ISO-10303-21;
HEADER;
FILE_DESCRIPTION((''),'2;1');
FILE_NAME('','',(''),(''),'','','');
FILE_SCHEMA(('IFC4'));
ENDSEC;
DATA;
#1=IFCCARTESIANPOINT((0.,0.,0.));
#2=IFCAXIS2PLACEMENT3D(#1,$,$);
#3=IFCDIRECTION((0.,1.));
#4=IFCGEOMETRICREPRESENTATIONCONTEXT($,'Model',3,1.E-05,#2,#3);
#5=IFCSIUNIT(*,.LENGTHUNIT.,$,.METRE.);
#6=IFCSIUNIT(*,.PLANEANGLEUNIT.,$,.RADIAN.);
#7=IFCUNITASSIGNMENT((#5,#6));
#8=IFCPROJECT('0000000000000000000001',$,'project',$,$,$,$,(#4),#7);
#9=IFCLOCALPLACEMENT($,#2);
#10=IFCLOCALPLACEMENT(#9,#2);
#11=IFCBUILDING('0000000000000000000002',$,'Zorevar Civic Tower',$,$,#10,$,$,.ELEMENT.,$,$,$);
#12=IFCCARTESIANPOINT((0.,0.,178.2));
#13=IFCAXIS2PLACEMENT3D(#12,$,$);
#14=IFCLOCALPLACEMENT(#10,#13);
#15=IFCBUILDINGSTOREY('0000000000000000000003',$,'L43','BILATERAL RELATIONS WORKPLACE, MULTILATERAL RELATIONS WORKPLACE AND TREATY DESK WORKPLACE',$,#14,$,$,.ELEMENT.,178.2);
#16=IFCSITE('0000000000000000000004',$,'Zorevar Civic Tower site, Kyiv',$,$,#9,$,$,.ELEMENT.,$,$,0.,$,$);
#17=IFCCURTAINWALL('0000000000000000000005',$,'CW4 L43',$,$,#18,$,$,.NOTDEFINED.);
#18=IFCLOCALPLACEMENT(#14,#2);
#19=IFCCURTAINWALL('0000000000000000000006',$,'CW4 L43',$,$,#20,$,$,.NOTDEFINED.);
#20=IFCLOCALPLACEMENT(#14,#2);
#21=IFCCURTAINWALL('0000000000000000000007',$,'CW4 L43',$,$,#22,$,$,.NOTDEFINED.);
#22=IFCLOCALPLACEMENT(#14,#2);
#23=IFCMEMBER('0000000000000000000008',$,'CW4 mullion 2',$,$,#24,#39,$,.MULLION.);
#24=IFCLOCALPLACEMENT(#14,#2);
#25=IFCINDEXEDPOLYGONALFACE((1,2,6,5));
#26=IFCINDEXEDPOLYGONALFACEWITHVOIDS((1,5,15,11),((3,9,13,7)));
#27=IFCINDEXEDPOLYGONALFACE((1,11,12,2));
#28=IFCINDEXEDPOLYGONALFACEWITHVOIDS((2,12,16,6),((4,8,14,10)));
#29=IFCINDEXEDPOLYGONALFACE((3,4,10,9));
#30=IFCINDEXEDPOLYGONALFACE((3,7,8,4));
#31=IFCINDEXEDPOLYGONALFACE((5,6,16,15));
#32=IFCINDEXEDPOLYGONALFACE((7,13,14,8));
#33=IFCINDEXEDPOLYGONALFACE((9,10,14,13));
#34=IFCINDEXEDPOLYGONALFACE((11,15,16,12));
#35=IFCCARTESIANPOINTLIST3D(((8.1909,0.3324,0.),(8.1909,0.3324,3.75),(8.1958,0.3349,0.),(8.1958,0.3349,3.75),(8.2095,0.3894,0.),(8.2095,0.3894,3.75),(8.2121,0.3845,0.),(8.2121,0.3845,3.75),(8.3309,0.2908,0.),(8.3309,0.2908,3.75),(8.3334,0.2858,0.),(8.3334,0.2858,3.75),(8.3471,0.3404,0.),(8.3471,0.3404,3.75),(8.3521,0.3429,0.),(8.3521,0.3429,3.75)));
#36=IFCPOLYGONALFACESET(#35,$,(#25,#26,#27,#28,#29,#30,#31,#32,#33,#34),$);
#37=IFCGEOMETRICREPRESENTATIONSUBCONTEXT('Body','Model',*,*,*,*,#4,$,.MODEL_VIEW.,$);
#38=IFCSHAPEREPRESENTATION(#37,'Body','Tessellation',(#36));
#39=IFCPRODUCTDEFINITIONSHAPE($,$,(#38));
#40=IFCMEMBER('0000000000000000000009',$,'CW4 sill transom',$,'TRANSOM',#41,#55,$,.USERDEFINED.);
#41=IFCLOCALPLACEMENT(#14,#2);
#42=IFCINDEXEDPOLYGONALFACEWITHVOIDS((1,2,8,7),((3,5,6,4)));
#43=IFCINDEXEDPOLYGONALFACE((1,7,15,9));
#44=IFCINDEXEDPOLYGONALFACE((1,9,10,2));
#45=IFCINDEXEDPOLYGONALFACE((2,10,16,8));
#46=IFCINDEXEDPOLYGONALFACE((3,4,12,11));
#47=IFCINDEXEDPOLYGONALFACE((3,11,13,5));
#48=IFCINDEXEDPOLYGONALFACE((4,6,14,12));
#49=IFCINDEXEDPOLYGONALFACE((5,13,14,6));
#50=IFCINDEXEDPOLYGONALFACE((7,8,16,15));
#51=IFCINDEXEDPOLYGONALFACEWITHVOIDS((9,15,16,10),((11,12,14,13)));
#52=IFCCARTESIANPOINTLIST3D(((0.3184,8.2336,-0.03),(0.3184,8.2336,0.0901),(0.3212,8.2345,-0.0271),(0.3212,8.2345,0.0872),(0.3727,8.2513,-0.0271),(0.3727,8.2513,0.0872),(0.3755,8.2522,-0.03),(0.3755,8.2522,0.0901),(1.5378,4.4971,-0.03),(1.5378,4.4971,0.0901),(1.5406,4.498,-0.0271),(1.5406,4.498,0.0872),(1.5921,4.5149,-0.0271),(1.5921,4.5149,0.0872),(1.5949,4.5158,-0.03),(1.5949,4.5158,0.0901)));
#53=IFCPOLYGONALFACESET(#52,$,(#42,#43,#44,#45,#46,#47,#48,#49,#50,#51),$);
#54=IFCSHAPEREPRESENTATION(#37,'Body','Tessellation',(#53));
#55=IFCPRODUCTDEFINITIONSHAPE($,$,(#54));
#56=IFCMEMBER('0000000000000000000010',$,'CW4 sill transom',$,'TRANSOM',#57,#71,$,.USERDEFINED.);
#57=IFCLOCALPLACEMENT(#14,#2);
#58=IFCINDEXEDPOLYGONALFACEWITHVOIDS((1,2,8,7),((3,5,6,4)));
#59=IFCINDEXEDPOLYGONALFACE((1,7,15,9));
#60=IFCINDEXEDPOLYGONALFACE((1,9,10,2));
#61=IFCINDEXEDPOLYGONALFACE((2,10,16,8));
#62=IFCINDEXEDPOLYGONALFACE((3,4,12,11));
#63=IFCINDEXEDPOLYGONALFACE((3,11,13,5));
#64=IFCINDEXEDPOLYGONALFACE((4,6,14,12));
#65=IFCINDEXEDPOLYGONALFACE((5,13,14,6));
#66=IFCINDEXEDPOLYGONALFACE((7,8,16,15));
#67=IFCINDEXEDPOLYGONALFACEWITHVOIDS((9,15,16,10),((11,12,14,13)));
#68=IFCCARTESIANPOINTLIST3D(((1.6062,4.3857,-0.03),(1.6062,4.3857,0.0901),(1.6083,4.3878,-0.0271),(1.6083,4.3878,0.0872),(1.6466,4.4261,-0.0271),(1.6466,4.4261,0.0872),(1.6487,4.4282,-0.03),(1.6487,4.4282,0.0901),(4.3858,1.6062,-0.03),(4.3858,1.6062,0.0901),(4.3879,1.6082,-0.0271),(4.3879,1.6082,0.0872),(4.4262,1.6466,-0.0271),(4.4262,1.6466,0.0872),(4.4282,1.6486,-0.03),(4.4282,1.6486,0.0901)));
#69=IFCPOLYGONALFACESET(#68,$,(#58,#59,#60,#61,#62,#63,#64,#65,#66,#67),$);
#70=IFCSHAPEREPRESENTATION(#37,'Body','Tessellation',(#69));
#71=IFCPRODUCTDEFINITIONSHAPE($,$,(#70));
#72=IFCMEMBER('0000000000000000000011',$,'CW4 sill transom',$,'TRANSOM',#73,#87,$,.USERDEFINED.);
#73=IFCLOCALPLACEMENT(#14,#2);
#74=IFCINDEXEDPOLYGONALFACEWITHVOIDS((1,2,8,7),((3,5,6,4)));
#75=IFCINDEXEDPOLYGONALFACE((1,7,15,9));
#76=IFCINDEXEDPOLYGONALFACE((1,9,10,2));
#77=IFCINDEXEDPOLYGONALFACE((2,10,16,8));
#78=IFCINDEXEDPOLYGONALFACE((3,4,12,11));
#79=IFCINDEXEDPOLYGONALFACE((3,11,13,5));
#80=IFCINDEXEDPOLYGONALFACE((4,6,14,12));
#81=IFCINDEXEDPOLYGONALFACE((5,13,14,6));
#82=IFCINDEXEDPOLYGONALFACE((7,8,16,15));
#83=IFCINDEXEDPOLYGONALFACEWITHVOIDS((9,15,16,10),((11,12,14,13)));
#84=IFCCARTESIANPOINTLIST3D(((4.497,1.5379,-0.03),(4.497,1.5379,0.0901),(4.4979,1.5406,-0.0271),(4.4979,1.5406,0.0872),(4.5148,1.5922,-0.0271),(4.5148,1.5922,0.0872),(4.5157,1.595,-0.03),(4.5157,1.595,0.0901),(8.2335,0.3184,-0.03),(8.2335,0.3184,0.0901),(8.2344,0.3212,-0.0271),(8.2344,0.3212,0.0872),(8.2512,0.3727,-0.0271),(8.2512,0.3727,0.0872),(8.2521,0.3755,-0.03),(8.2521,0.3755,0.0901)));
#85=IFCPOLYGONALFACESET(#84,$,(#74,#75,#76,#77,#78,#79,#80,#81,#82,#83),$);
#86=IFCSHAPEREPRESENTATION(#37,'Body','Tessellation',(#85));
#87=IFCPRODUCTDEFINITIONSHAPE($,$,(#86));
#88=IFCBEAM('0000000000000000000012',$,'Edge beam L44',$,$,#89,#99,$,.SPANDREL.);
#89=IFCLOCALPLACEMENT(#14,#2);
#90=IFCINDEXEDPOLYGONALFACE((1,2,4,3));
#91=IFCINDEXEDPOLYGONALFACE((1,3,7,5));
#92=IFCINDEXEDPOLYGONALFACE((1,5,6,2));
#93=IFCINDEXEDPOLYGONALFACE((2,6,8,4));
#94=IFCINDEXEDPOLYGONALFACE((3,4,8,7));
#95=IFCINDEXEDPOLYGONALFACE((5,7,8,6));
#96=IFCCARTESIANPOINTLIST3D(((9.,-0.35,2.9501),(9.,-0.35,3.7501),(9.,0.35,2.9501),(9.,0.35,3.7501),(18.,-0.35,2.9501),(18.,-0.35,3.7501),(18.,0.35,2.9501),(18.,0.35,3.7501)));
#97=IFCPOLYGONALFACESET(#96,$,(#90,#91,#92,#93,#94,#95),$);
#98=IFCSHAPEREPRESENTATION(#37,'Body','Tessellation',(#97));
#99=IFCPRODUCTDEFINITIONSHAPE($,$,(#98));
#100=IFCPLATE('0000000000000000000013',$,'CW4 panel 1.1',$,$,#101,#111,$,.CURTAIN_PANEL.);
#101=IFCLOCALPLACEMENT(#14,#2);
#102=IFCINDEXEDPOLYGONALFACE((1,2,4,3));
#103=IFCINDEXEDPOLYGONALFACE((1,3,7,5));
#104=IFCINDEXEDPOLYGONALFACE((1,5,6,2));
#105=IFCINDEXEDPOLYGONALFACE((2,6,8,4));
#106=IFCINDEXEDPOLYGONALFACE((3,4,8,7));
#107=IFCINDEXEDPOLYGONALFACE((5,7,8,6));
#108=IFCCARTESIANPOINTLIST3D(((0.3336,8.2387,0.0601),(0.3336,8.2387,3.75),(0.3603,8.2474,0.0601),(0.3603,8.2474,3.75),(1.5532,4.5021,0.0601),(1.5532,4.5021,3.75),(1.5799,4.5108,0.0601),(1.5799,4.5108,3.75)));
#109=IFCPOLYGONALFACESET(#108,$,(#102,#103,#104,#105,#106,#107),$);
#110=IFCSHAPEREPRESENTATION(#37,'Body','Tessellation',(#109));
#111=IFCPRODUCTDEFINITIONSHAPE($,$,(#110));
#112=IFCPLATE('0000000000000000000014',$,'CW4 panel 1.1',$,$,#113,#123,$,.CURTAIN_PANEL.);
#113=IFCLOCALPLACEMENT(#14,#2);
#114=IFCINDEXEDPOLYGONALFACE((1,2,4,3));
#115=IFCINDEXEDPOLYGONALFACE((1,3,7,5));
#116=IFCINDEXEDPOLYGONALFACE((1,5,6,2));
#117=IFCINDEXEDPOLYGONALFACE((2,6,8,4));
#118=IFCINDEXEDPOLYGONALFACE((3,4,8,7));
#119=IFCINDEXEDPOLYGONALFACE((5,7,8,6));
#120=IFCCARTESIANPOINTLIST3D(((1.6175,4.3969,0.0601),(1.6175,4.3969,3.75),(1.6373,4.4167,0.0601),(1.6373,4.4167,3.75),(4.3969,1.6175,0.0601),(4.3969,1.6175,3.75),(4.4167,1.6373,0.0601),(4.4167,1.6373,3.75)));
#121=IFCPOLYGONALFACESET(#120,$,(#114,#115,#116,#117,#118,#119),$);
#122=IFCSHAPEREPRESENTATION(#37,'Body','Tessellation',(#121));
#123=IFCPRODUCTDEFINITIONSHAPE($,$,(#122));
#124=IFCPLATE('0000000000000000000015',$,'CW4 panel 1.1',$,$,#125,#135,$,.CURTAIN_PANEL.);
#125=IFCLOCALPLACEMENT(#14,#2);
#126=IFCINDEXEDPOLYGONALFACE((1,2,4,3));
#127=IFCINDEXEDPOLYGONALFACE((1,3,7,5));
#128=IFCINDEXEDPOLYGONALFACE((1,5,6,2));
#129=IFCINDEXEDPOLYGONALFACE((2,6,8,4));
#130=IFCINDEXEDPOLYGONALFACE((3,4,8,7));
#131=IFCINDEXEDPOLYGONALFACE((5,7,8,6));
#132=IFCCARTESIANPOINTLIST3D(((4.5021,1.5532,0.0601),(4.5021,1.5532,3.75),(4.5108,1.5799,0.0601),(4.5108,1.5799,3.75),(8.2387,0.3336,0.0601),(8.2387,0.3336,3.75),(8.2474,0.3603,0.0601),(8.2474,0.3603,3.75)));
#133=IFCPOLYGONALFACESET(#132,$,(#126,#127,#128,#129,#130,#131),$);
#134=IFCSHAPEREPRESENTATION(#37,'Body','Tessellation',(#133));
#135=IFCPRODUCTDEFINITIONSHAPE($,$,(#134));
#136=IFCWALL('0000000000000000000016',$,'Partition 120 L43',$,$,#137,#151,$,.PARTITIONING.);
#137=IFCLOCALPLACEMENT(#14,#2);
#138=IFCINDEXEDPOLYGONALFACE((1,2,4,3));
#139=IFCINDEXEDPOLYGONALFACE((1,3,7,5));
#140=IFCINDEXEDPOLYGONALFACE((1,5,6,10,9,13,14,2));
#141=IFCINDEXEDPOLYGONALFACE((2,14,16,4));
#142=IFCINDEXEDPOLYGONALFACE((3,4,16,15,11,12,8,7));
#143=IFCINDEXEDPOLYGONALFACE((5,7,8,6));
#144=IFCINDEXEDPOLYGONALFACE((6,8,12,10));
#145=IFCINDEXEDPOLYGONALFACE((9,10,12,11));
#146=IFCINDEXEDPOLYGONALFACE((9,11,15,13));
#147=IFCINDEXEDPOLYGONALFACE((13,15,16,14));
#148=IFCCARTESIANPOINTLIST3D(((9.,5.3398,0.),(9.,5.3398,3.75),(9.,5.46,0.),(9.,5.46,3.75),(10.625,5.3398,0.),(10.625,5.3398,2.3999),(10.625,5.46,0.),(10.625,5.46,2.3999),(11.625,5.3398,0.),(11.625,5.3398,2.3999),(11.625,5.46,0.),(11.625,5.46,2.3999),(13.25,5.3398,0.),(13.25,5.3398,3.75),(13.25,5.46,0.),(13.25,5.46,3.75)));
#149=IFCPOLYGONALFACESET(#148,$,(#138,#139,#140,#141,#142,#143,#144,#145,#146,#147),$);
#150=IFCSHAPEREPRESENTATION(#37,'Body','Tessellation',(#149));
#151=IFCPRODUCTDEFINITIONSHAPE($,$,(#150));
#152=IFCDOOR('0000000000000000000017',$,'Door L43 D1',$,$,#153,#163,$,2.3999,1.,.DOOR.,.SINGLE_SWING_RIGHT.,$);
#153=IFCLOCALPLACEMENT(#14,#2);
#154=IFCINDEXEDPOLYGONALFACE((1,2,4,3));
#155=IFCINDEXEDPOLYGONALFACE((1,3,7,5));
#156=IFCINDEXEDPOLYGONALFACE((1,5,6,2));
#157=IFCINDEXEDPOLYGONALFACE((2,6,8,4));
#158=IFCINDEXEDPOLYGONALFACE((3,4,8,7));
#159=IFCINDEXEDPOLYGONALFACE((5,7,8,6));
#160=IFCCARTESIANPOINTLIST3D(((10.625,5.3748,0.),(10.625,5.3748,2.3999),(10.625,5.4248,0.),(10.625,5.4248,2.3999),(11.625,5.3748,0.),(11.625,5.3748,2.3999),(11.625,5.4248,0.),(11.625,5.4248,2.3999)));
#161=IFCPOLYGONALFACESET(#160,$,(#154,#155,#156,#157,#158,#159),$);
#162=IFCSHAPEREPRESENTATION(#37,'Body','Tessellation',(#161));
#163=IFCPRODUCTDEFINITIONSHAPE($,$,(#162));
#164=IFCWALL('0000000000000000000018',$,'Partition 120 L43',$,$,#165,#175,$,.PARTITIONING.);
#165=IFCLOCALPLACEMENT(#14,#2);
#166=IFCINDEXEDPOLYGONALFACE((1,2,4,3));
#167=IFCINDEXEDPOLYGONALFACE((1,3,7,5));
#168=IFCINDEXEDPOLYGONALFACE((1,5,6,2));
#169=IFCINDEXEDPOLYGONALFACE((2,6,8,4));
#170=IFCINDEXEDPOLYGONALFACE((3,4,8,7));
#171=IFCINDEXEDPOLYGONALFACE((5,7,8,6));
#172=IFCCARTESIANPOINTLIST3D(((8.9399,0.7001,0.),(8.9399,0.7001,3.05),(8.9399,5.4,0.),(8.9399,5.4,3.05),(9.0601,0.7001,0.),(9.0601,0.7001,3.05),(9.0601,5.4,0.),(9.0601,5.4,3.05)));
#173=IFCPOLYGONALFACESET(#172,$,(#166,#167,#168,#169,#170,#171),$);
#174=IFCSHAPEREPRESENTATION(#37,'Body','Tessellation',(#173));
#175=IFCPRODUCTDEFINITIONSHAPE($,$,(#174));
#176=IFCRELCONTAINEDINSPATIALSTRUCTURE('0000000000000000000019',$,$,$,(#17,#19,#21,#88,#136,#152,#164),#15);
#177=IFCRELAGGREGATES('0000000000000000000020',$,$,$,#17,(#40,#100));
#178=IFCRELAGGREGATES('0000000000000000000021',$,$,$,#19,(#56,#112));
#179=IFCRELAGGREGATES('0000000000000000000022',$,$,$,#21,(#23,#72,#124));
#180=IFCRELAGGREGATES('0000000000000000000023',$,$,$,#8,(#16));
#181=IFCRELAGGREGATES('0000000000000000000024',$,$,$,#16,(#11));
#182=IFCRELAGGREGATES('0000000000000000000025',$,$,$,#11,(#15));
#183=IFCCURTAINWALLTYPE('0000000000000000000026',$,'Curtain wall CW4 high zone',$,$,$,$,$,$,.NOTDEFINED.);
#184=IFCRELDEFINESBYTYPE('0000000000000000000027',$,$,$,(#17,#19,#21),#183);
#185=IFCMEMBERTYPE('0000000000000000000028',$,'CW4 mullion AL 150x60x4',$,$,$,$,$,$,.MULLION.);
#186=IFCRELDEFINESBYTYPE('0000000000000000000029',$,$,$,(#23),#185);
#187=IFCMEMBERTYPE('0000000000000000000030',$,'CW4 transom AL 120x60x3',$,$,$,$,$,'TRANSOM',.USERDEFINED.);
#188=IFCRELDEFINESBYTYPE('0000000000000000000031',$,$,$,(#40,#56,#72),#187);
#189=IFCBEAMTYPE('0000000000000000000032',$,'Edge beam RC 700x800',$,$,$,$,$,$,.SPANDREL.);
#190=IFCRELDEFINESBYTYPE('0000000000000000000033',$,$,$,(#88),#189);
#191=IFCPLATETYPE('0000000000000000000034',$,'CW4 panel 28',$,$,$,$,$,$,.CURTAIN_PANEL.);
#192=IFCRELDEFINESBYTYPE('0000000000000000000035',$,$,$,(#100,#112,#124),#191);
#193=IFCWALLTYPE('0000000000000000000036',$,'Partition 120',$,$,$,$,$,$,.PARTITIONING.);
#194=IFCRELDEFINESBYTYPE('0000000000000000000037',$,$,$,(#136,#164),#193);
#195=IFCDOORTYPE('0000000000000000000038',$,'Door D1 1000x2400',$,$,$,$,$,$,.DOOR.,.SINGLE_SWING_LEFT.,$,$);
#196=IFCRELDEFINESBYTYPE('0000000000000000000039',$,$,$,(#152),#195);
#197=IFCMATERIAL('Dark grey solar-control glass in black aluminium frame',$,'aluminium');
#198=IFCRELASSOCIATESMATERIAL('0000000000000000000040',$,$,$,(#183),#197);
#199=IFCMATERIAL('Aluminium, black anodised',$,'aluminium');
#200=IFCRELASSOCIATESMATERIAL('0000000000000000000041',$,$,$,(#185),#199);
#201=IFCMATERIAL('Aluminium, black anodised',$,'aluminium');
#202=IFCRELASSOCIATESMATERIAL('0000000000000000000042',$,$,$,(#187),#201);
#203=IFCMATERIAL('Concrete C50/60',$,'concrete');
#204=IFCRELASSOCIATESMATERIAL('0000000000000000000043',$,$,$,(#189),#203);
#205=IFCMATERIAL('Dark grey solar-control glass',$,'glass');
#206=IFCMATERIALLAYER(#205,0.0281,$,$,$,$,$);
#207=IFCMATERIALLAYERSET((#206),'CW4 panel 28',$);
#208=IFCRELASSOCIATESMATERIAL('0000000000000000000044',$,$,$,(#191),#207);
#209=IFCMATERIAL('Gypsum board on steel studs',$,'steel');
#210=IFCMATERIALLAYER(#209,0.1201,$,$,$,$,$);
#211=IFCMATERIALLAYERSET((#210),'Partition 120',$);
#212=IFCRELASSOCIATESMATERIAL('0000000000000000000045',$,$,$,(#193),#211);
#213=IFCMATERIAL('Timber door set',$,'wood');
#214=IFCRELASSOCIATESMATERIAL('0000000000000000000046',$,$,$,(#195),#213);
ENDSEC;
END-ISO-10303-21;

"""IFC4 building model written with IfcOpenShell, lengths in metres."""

from ifc_helpers import new_model, si_unit, direction, frame, frame_2d, origin, origin_2d, place, context, subcontext, project, spatial, rectangle, hollow_rectangle, extrude, material, layer, layer_set, material_profile, profile_set, type_object, element, fill, aggregate, save


model = new_model("IFC4")

# Units and contexts
model_context = context("Model", 3, precision=1e-05, world=origin(), true_north=direction((0.0, 1.0)))
body_context = subcontext(model_context, "Body", "Model", "MODEL_VIEW")
ifc_project = project(units=[si_unit("LENGTHUNIT", "METRE"), si_unit("PLANEANGLEUNIT", "RADIAN")], contexts=[model_context])

# Site, building, storey
site_placement = place(None, origin())
site = spatial("IfcSite", under=ifc_project, at=site_placement, Name="Zorevar Civic Tower site, Kyiv", CompositionType="ELEMENT", RefElevation=0.0)
building_placement = place(site_placement, origin())
building = spatial("IfcBuilding", under=site, at=building_placement, Name="Zorevar Civic Tower", CompositionType="ELEMENT")
storey_placement = place(building_placement, frame((0.0, 0.0, 178.2)))
storey = spatial("IfcBuildingStorey", under=building, at=storey_placement, Name="L43", Description="BILATERAL RELATIONS WORKPLACE, MULTILATERAL RELATIONS WORKPLACE AND TREATY DESK WORKPLACE", CompositionType="ELEMENT", Elevation=178.2)

# Curtain walls, member
ifc_material_1 = material(Name="Dark grey solar-control glass in black aluminium frame", Category="aluminium")
curtain_wall_type = type_object("IfcCurtainWallType", Name="Curtain wall CW4 high zone", PredefinedType="NOTDEFINED", material=ifc_material_1)
curtain_wall_1_placement = place(storey_placement, origin())
curtain_wall_1 = element("IfcCurtainWall", 1, at=curtain_wall_1_placement, inside=storey, type_object=curtain_wall_type, Name="CW4 L43", PredefinedType="NOTDEFINED")
ifc_material_2 = material(Name="Aluminium, black anodised", Category="aluminium")
ifc_material_profile_1 = material_profile(ifc_material_2, hollow_rectangle(XDim=0.0601, YDim=0.1499, WallThickness=0.0039, at=origin_2d()), Name="AL 150x60x4")
ifc_profile_set_1 = profile_set([ifc_material_profile_1], Name="Aluminium, black anodised")
member_type_1 = type_object("IfcMemberType", Name="CW4 mullion AL 150x60x4", PredefinedType="MULLION", material=ifc_profile_set_1)
curtain_wall_2_placement = place(storey_placement, origin())
curtain_wall_2 = element("IfcCurtainWall", 2, at=curtain_wall_2_placement, inside=storey, type_object=curtain_wall_type, Name="CW4 L43", PredefinedType="NOTDEFINED")
curtain_wall_3_placement = place(storey_placement, origin())
curtain_wall_3 = element("IfcCurtainWall", 3, at=curtain_wall_3_placement, inside=storey, type_object=curtain_wall_type, Name="CW4 L43", PredefinedType="NOTDEFINED")
member_1_placement = place(storey_placement, frame((8.2715, 0.3376, 0.0), z_axis=(0.0, 0.0, 1.0), x_axis=(0.310281, 0.950645, 0.0)))
member_1 = element("IfcMember", 4, at=member_1_placement, type_object=member_type_1, Name="CW4 mullion 2", PredefinedType="MULLION", context=body_context, shape_type="SweptSolid", body=[
    extrude(hollow_rectangle(XDim=0.0601, YDim=0.1499, WallThickness=0.0039, at=origin_2d()), origin(), (0.0, 0.0, 1.0), 3.75),
])

# Members
ifc_material_3 = material(Name="Aluminium, black anodised", Category="aluminium")
ifc_material_profile_2 = material_profile(ifc_material_3, hollow_rectangle(XDim=0.0601, YDim=0.1201, WallThickness=0.0029, at=origin_2d()), Name="AL 120x60x3")
ifc_profile_set_2 = profile_set([ifc_material_profile_2], Name="Aluminium, black anodised")
member_type_2 = type_object("IfcMemberType", Name="CW4 transom AL 120x60x3", ElementType="TRANSOM", PredefinedType="USERDEFINED", material=ifc_profile_set_2)
member_2_placement = place(storey_placement, frame((0.3469, 8.2429, 0.03), z_axis=(0.310259, -0.950652, 0.0), x_axis=(0.950652, 0.310259, 0.0)))
member_2 = element("IfcMember", 5, at=member_2_placement, type_object=member_type_2, Name="CW4 sill transom", ObjectType="TRANSOM", PredefinedType="USERDEFINED", context=body_context, shape_type="SweptSolid", body=[
    extrude(hollow_rectangle(XDim=0.0601, YDim=0.1201, WallThickness=0.0029, at=origin_2d()), origin(), (0.0, 0.0, 1.0), 3.9304),
])
member_3_placement = place(storey_placement, frame((1.6274, 4.407, 0.03), z_axis=(0.707107, -0.707107, 0.0), x_axis=(0.707107, 0.707107, 0.0)))
member_3 = element("IfcMember", 6, at=member_3_placement, type_object=member_type_2, Name="CW4 sill transom", ObjectType="TRANSOM", PredefinedType="USERDEFINED", context=body_context, shape_type="SweptSolid", body=[
    extrude(hollow_rectangle(XDim=0.0601, YDim=0.1201, WallThickness=0.0029, at=origin_2d()), origin(), (0.0, 0.0, 1.0), 3.9309),
])
member_4_placement = place(storey_placement, frame((4.5063, 1.5664, 0.03), z_axis=(0.950652, -0.310259, 0.0), x_axis=(0.310259, 0.950652, 0.0)))
member_4 = element("IfcMember", 7, at=member_4_placement, type_object=member_type_2, Name="CW4 sill transom", ObjectType="TRANSOM", PredefinedType="USERDEFINED", context=body_context, shape_type="SweptSolid", body=[
    extrude(hollow_rectangle(XDim=0.0601, YDim=0.1201, WallThickness=0.0029, at=origin_2d()), origin(), (0.0, 0.0, 1.0), 3.9304),
])

# Beam
ifc_material_4 = material(Name="Concrete C50/60", Category="concrete")
ifc_material_profile_3 = material_profile(ifc_material_4, rectangle(XDim=0.7, YDim=0.8, at=origin_2d()), Name="RC 700x800")
ifc_profile_set_3 = profile_set([ifc_material_profile_3], Name="Concrete C50/60")
beam_type_1 = type_object("IfcBeamType", Name="Edge beam RC 700x800", PredefinedType="SPANDREL", material=ifc_profile_set_3)
beam_1_placement = place(storey_placement, frame((9.0, 0.0, 3.3501), z_axis=(1.0, 0.0, 0.0), x_axis=(0.0, 1.0, 0.0)))
element("IfcBeam", 8, at=beam_1_placement, inside=storey, type_object=beam_type_1, Name="Edge beam L44", PredefinedType="SPANDREL", context=body_context, shape_type="SweptSolid", body=[
    extrude(rectangle(XDim=0.7, YDim=0.8, at=origin_2d()), origin(), (0.0, 0.0, 1.0), 9.0),
])

# Plates
ifc_material_5 = material(Name="Dark grey solar-control glass", Category="glass")
ifc_layer_1 = layer(ifc_material_5, 0.0281)
ifc_layer_set_1 = layer_set([ifc_layer_1], Name="CW4 panel 28")
plate_type = type_object("IfcPlateType", Name="CW4 panel 28", PredefinedType="CURTAIN_PANEL", material=ifc_layer_set_1)
plate_1_placement = place(storey_placement, frame((0.9568, 6.3748, 0.0601), z_axis=(0.0, 0.0, 1.0), x_axis=(0.310281, -0.950645, 0.0)))
plate_1 = element("IfcPlate", 9, at=plate_1_placement, type_object=plate_type, Name="CW4 panel 1.1", PredefinedType="CURTAIN_PANEL", context=body_context, shape_type="SweptSolid", body=[
    extrude(rectangle(XDim=3.9307, YDim=0.0281, at=origin_2d()), origin(), (0.0, 0.0, 1.0), 3.6899),
])
aggregate(curtain_wall_1, [member_2, plate_1])
plate_2_placement = place(storey_placement, frame((3.0171, 3.0171, 0.0601), z_axis=(0.0, 0.0, 1.0), x_axis=(0.707107, -0.707107, 0.0)))
plate_2 = element("IfcPlate", 10, at=plate_2_placement, type_object=plate_type, Name="CW4 panel 1.1", PredefinedType="CURTAIN_PANEL", context=body_context, shape_type="SweptSolid", body=[
    extrude(rectangle(XDim=3.9307, YDim=0.0281, at=origin_2d()), origin(), (0.0, 0.0, 1.0), 3.6899),
])
aggregate(curtain_wall_2, [member_3, plate_2])
plate_3_placement = place(storey_placement, frame((6.3748, 0.9568, 0.0601), z_axis=(0.0, 0.0, 1.0), x_axis=(0.950645, -0.310281, 0.0)))
plate_3 = element("IfcPlate", 11, at=plate_3_placement, type_object=plate_type, Name="CW4 panel 1.1", PredefinedType="CURTAIN_PANEL", context=body_context, shape_type="SweptSolid", body=[
    extrude(rectangle(XDim=3.9307, YDim=0.0281, at=origin_2d()), origin(), (0.0, 0.0, 1.0), 3.6899),
])
aggregate(curtain_wall_3, [member_1, member_4, plate_3])

# Wall, opening, door
ifc_material_6 = material(Name="Gypsum board on steel studs", Category="steel")
ifc_layer_2 = layer(ifc_material_6, 0.1201)
ifc_layer_set_2 = layer_set([ifc_layer_2], Name="Partition 120")
wall_type = type_object("IfcWallType", Name="Partition 120", PredefinedType="PARTITIONING", material=ifc_layer_set_2)
wall_1_placement = place(storey_placement, frame((9.0, 5.3999, 0.0), z_axis=(0.0, 0.0, 1.0), x_axis=(1.0, 0.0, 0.0)))
wall_1 = element("IfcWall", 12, at=wall_1_placement, inside=storey, type_object=wall_type, Name="Partition 120 L43", PredefinedType="PARTITIONING", context=body_context, shape_type="SweptSolid", body=[
    extrude(rectangle(XDim=4.25, YDim=0.1201, at=frame_2d((2.125, 0.0))), origin(), (0.0, 0.0, 1.0), 3.75),
])
opening_placement = place(wall_1_placement, frame((1.625, 0.0, 0.0)))
opening = element("IfcOpeningElement", 13, at=opening_placement, cuts=wall_1, PredefinedType="OPENING", context=body_context, shape_type="SweptSolid", body=[
    extrude(rectangle(XDim=1.0, YDim=2.3999, at=frame_2d((0.5, 1.2))), frame((0.0, 0.0701, 0.0), z_axis=(0.0, -1.0, 0.0), x_axis=(1.0, 0.0, 0.0)), (0.0, 0.0, 1.0), 0.1401),
])
ifc_material_7 = material(Name="Timber door set", Category="wood")
door_type = type_object("IfcDoorType", Name="Door D1 1000x2400", OperationType="SINGLE_SWING_LEFT", PredefinedType="DOOR", material=ifc_material_7)
door_placement = place(opening_placement, origin())
door = element("IfcDoor", 14, at=door_placement, inside=storey, type_object=door_type, Name="Door L43 D1", OperationType="SINGLE_SWING_RIGHT", OverallHeight=2.3999, OverallWidth=1.0, PredefinedType="DOOR", context=body_context, shape_type="SweptSolid", body=[
    extrude(rectangle(XDim=1.0, YDim=2.3999, at=frame_2d((0.5, 1.2))), frame((0.0, 0.0249, 0.0), z_axis=(0.0, -1.0, 0.0), x_axis=(1.0, 0.0, 0.0)), (0.0, 0.0, 1.0), 0.05),
])
fill(opening, door)

# Wall
wall_2_placement = place(storey_placement, frame((9.0, 0.7, 0.0), z_axis=(0.0, 0.0, 1.0), x_axis=(0.0, 1.0, 0.0)))
element("IfcWall", 15, at=wall_2_placement, inside=storey, type_object=wall_type, Name="Partition 120 L43", PredefinedType="PARTITIONING", context=body_context, shape_type="SweptSolid", body=[
    extrude(rectangle(XDim=4.7, YDim=0.1201, at=frame_2d((2.3501, 0.0))), origin(), (0.0, 0.0, 1.0), 3.05),
])

save(model, "model.ifc")
